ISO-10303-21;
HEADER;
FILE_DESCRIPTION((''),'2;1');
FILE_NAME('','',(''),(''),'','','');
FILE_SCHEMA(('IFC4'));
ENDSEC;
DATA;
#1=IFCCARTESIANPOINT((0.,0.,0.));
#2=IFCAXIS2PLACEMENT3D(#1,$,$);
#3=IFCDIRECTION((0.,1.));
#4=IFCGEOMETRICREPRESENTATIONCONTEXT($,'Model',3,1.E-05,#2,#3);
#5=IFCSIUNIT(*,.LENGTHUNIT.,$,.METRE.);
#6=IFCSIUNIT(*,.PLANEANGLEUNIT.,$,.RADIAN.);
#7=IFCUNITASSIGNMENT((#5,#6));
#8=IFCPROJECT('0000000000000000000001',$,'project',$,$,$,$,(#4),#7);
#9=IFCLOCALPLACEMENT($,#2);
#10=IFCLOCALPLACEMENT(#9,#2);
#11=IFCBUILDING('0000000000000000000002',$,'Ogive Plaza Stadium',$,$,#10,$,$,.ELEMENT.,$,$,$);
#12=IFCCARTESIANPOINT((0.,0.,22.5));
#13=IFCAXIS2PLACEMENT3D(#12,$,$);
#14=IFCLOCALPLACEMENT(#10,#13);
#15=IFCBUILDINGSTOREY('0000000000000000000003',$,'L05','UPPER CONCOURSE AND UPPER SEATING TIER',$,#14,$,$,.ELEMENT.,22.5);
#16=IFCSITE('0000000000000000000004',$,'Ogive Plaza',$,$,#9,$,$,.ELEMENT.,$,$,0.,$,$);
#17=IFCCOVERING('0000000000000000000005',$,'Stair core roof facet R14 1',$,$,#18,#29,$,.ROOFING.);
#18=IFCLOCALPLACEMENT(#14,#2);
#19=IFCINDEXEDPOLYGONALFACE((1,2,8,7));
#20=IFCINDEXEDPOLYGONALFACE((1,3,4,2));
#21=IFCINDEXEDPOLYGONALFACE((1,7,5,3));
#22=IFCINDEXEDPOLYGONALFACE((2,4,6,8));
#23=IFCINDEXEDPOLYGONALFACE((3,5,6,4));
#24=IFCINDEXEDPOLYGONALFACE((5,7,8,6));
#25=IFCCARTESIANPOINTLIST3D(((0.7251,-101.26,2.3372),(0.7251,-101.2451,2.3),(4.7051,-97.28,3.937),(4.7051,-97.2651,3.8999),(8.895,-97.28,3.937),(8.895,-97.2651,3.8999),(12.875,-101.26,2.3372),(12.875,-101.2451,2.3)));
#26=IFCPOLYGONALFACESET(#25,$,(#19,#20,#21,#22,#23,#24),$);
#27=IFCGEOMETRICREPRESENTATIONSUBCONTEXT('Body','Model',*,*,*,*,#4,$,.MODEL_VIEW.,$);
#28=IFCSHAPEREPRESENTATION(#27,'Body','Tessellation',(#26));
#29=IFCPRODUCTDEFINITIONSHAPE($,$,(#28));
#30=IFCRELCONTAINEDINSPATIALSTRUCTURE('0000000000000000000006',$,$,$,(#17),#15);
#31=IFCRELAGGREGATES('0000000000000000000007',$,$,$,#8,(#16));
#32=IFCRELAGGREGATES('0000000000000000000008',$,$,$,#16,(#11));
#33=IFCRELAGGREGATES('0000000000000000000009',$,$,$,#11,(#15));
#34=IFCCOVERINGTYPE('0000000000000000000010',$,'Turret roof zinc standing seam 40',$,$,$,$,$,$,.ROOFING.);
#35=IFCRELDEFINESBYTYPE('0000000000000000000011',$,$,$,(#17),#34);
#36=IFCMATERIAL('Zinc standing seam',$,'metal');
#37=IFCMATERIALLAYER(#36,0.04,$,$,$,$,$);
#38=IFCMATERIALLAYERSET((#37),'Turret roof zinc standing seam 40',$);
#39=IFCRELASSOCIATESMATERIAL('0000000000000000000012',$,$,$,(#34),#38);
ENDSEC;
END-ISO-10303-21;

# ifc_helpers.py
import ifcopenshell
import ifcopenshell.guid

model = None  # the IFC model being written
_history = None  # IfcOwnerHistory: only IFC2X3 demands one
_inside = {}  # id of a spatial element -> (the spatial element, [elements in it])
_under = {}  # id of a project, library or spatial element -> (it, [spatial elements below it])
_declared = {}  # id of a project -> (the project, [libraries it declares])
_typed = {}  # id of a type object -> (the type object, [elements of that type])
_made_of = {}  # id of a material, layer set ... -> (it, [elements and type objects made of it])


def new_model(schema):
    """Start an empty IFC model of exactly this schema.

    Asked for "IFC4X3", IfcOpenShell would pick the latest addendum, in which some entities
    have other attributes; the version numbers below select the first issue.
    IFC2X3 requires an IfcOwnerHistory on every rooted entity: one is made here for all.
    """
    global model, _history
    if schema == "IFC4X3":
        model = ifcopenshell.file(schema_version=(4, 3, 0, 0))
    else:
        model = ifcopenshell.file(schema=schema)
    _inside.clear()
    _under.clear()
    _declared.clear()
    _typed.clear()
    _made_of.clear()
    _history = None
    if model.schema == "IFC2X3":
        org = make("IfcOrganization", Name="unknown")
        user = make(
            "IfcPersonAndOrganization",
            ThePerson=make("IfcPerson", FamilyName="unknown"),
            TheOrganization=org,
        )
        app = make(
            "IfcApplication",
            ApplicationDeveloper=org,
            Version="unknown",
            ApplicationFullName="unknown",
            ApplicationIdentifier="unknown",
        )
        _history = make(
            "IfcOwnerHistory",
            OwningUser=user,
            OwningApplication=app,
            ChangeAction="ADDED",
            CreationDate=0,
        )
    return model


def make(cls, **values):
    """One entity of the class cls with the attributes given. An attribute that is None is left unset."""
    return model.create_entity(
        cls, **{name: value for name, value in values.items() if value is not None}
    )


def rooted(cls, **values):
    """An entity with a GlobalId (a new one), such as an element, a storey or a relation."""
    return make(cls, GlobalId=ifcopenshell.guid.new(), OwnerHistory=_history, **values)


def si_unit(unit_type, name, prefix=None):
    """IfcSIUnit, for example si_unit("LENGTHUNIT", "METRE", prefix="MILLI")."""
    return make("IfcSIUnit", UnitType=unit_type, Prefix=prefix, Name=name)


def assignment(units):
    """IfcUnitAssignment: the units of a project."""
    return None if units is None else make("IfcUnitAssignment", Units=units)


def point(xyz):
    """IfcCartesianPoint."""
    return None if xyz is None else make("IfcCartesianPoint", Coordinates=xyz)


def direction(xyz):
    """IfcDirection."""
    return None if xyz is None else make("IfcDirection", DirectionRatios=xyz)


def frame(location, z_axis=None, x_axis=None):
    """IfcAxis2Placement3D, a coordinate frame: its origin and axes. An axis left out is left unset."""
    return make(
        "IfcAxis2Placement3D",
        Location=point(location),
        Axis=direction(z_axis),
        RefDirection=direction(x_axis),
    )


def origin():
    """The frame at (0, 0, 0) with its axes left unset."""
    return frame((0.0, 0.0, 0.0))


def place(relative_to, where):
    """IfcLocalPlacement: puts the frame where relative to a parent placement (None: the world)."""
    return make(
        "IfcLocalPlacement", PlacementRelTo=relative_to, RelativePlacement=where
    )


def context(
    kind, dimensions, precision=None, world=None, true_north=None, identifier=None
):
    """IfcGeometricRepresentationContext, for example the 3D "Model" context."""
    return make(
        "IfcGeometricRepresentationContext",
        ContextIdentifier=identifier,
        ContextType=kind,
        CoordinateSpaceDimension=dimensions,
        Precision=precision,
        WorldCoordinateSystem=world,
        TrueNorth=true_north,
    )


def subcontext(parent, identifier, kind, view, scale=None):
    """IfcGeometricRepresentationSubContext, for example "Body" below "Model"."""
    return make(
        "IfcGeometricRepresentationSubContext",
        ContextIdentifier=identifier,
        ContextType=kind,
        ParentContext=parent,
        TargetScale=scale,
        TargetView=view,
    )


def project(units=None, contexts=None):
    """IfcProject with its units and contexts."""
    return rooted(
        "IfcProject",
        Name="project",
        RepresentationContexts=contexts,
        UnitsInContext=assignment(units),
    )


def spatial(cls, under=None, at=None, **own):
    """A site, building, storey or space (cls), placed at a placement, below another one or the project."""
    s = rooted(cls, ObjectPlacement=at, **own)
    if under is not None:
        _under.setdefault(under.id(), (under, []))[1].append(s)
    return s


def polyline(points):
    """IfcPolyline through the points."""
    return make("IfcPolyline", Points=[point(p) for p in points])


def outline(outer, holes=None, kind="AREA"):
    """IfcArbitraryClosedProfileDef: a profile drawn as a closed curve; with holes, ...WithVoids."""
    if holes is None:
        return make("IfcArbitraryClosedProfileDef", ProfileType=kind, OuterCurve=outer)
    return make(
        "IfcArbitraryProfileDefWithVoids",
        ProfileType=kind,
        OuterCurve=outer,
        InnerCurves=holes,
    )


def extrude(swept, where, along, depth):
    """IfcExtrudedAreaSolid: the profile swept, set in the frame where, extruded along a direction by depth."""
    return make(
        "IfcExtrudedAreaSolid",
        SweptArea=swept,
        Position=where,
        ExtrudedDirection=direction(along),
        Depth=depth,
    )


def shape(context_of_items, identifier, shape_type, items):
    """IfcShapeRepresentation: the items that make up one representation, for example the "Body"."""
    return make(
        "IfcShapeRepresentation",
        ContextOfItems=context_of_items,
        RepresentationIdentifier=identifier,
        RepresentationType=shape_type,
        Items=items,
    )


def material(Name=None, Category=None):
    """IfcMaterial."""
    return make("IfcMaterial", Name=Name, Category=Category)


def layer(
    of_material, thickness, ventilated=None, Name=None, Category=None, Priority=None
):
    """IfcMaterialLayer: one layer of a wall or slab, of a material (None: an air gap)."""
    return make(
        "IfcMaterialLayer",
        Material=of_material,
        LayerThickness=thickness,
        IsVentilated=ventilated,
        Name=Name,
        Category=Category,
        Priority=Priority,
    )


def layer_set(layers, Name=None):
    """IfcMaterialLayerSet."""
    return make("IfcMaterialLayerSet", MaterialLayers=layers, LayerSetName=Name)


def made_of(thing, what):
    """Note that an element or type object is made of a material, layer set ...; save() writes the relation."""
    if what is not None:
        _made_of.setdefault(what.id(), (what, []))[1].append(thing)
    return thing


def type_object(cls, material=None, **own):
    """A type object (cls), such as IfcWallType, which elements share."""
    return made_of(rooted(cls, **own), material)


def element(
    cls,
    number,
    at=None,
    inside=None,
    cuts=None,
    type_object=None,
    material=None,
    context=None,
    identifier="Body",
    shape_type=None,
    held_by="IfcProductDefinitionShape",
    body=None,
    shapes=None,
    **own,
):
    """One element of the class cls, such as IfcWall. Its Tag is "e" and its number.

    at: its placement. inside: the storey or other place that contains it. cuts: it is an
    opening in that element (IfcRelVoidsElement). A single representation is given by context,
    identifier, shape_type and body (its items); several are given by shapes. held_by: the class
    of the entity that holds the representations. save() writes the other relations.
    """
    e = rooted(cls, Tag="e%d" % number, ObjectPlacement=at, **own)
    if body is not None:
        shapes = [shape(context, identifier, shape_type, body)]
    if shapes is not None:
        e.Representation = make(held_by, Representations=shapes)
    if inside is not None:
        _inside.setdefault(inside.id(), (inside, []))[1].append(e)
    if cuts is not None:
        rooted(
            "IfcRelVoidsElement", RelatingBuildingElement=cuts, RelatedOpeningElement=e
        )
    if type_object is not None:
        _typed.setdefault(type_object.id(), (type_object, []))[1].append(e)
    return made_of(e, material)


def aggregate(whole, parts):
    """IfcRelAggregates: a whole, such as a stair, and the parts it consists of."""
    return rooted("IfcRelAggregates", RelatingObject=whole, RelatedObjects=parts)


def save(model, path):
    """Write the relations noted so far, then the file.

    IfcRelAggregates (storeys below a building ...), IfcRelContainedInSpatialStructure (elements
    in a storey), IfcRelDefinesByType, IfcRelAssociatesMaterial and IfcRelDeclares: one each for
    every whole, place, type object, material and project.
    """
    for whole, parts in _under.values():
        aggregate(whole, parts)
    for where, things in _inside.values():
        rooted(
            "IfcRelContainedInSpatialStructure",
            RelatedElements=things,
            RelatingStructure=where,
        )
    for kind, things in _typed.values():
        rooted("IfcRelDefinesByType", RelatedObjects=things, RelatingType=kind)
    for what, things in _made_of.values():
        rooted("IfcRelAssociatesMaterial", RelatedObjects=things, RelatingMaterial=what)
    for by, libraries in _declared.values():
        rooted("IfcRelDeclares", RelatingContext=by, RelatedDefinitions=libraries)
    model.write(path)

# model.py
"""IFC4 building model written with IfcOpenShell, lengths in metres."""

from ifc_helpers import new_model, si_unit, direction, frame, origin, place, context, subcontext, project, spatial, polyline, outline, extrude, material, layer, layer_set, type_object, element, save


model = new_model("IFC4")

# Units and contexts
model_context = context("Model", 3, precision=1e-05, world=origin(), true_north=direction((0.0, 1.0)))
body_context = subcontext(model_context, "Body", "Model", "MODEL_VIEW")
ifc_project = project(units=[si_unit("LENGTHUNIT", "METRE"), si_unit("PLANEANGLEUNIT", "RADIAN")], contexts=[model_context])

# Site, building, storey
site_placement = place(None, origin())
site = spatial("IfcSite", under=ifc_project, at=site_placement, Name="Ogive Plaza", CompositionType="ELEMENT", RefElevation=0.0)
building_placement = place(site_placement, origin())
building = spatial("IfcBuilding", under=site, at=building_placement, Name="Ogive Plaza Stadium", CompositionType="ELEMENT")
storey_placement = place(building_placement, frame((0.0, 0.0, 22.5)))
storey = spatial("IfcBuildingStorey", under=building, at=storey_placement, Name="L05", Description="UPPER CONCOURSE AND UPPER SEATING TIER", CompositionType="ELEMENT", Elevation=22.5)

# Covering
ifc_material_1 = material(Name="Zinc standing seam", Category="metal")
ifc_layer_1 = layer(ifc_material_1, 0.04)
ifc_layer_set_1 = layer_set([ifc_layer_1], Name="Turret roof zinc standing seam 40")
covering_type_1 = type_object("IfcCoveringType", Name="Turret roof zinc standing seam 40", PredefinedType="ROOFING", material=ifc_layer_set_1)
covering_1_placement = place(storey_placement, frame((0.7251, -101.26, 2.3372), z_axis=(0.0, -0.37297, 0.927843), x_axis=(1.0, 0.0, 0.0)))
element("IfcCovering", 1, at=covering_1_placement, inside=storey, type_object=covering_type_1, Name="Stair core roof facet R14 1", PredefinedType="ROOFING", context=body_context, shape_type="SweptSolid", body=[
    extrude(outline(polyline([(0.0, 0.0), (12.1499, 0.0), (8.1699, 4.2895), (3.98, 4.2895), (0.0, 0.0)])), origin(), (0.0, 0.0, -1.0), 0.04),
])

save(model, "model.ifc")
